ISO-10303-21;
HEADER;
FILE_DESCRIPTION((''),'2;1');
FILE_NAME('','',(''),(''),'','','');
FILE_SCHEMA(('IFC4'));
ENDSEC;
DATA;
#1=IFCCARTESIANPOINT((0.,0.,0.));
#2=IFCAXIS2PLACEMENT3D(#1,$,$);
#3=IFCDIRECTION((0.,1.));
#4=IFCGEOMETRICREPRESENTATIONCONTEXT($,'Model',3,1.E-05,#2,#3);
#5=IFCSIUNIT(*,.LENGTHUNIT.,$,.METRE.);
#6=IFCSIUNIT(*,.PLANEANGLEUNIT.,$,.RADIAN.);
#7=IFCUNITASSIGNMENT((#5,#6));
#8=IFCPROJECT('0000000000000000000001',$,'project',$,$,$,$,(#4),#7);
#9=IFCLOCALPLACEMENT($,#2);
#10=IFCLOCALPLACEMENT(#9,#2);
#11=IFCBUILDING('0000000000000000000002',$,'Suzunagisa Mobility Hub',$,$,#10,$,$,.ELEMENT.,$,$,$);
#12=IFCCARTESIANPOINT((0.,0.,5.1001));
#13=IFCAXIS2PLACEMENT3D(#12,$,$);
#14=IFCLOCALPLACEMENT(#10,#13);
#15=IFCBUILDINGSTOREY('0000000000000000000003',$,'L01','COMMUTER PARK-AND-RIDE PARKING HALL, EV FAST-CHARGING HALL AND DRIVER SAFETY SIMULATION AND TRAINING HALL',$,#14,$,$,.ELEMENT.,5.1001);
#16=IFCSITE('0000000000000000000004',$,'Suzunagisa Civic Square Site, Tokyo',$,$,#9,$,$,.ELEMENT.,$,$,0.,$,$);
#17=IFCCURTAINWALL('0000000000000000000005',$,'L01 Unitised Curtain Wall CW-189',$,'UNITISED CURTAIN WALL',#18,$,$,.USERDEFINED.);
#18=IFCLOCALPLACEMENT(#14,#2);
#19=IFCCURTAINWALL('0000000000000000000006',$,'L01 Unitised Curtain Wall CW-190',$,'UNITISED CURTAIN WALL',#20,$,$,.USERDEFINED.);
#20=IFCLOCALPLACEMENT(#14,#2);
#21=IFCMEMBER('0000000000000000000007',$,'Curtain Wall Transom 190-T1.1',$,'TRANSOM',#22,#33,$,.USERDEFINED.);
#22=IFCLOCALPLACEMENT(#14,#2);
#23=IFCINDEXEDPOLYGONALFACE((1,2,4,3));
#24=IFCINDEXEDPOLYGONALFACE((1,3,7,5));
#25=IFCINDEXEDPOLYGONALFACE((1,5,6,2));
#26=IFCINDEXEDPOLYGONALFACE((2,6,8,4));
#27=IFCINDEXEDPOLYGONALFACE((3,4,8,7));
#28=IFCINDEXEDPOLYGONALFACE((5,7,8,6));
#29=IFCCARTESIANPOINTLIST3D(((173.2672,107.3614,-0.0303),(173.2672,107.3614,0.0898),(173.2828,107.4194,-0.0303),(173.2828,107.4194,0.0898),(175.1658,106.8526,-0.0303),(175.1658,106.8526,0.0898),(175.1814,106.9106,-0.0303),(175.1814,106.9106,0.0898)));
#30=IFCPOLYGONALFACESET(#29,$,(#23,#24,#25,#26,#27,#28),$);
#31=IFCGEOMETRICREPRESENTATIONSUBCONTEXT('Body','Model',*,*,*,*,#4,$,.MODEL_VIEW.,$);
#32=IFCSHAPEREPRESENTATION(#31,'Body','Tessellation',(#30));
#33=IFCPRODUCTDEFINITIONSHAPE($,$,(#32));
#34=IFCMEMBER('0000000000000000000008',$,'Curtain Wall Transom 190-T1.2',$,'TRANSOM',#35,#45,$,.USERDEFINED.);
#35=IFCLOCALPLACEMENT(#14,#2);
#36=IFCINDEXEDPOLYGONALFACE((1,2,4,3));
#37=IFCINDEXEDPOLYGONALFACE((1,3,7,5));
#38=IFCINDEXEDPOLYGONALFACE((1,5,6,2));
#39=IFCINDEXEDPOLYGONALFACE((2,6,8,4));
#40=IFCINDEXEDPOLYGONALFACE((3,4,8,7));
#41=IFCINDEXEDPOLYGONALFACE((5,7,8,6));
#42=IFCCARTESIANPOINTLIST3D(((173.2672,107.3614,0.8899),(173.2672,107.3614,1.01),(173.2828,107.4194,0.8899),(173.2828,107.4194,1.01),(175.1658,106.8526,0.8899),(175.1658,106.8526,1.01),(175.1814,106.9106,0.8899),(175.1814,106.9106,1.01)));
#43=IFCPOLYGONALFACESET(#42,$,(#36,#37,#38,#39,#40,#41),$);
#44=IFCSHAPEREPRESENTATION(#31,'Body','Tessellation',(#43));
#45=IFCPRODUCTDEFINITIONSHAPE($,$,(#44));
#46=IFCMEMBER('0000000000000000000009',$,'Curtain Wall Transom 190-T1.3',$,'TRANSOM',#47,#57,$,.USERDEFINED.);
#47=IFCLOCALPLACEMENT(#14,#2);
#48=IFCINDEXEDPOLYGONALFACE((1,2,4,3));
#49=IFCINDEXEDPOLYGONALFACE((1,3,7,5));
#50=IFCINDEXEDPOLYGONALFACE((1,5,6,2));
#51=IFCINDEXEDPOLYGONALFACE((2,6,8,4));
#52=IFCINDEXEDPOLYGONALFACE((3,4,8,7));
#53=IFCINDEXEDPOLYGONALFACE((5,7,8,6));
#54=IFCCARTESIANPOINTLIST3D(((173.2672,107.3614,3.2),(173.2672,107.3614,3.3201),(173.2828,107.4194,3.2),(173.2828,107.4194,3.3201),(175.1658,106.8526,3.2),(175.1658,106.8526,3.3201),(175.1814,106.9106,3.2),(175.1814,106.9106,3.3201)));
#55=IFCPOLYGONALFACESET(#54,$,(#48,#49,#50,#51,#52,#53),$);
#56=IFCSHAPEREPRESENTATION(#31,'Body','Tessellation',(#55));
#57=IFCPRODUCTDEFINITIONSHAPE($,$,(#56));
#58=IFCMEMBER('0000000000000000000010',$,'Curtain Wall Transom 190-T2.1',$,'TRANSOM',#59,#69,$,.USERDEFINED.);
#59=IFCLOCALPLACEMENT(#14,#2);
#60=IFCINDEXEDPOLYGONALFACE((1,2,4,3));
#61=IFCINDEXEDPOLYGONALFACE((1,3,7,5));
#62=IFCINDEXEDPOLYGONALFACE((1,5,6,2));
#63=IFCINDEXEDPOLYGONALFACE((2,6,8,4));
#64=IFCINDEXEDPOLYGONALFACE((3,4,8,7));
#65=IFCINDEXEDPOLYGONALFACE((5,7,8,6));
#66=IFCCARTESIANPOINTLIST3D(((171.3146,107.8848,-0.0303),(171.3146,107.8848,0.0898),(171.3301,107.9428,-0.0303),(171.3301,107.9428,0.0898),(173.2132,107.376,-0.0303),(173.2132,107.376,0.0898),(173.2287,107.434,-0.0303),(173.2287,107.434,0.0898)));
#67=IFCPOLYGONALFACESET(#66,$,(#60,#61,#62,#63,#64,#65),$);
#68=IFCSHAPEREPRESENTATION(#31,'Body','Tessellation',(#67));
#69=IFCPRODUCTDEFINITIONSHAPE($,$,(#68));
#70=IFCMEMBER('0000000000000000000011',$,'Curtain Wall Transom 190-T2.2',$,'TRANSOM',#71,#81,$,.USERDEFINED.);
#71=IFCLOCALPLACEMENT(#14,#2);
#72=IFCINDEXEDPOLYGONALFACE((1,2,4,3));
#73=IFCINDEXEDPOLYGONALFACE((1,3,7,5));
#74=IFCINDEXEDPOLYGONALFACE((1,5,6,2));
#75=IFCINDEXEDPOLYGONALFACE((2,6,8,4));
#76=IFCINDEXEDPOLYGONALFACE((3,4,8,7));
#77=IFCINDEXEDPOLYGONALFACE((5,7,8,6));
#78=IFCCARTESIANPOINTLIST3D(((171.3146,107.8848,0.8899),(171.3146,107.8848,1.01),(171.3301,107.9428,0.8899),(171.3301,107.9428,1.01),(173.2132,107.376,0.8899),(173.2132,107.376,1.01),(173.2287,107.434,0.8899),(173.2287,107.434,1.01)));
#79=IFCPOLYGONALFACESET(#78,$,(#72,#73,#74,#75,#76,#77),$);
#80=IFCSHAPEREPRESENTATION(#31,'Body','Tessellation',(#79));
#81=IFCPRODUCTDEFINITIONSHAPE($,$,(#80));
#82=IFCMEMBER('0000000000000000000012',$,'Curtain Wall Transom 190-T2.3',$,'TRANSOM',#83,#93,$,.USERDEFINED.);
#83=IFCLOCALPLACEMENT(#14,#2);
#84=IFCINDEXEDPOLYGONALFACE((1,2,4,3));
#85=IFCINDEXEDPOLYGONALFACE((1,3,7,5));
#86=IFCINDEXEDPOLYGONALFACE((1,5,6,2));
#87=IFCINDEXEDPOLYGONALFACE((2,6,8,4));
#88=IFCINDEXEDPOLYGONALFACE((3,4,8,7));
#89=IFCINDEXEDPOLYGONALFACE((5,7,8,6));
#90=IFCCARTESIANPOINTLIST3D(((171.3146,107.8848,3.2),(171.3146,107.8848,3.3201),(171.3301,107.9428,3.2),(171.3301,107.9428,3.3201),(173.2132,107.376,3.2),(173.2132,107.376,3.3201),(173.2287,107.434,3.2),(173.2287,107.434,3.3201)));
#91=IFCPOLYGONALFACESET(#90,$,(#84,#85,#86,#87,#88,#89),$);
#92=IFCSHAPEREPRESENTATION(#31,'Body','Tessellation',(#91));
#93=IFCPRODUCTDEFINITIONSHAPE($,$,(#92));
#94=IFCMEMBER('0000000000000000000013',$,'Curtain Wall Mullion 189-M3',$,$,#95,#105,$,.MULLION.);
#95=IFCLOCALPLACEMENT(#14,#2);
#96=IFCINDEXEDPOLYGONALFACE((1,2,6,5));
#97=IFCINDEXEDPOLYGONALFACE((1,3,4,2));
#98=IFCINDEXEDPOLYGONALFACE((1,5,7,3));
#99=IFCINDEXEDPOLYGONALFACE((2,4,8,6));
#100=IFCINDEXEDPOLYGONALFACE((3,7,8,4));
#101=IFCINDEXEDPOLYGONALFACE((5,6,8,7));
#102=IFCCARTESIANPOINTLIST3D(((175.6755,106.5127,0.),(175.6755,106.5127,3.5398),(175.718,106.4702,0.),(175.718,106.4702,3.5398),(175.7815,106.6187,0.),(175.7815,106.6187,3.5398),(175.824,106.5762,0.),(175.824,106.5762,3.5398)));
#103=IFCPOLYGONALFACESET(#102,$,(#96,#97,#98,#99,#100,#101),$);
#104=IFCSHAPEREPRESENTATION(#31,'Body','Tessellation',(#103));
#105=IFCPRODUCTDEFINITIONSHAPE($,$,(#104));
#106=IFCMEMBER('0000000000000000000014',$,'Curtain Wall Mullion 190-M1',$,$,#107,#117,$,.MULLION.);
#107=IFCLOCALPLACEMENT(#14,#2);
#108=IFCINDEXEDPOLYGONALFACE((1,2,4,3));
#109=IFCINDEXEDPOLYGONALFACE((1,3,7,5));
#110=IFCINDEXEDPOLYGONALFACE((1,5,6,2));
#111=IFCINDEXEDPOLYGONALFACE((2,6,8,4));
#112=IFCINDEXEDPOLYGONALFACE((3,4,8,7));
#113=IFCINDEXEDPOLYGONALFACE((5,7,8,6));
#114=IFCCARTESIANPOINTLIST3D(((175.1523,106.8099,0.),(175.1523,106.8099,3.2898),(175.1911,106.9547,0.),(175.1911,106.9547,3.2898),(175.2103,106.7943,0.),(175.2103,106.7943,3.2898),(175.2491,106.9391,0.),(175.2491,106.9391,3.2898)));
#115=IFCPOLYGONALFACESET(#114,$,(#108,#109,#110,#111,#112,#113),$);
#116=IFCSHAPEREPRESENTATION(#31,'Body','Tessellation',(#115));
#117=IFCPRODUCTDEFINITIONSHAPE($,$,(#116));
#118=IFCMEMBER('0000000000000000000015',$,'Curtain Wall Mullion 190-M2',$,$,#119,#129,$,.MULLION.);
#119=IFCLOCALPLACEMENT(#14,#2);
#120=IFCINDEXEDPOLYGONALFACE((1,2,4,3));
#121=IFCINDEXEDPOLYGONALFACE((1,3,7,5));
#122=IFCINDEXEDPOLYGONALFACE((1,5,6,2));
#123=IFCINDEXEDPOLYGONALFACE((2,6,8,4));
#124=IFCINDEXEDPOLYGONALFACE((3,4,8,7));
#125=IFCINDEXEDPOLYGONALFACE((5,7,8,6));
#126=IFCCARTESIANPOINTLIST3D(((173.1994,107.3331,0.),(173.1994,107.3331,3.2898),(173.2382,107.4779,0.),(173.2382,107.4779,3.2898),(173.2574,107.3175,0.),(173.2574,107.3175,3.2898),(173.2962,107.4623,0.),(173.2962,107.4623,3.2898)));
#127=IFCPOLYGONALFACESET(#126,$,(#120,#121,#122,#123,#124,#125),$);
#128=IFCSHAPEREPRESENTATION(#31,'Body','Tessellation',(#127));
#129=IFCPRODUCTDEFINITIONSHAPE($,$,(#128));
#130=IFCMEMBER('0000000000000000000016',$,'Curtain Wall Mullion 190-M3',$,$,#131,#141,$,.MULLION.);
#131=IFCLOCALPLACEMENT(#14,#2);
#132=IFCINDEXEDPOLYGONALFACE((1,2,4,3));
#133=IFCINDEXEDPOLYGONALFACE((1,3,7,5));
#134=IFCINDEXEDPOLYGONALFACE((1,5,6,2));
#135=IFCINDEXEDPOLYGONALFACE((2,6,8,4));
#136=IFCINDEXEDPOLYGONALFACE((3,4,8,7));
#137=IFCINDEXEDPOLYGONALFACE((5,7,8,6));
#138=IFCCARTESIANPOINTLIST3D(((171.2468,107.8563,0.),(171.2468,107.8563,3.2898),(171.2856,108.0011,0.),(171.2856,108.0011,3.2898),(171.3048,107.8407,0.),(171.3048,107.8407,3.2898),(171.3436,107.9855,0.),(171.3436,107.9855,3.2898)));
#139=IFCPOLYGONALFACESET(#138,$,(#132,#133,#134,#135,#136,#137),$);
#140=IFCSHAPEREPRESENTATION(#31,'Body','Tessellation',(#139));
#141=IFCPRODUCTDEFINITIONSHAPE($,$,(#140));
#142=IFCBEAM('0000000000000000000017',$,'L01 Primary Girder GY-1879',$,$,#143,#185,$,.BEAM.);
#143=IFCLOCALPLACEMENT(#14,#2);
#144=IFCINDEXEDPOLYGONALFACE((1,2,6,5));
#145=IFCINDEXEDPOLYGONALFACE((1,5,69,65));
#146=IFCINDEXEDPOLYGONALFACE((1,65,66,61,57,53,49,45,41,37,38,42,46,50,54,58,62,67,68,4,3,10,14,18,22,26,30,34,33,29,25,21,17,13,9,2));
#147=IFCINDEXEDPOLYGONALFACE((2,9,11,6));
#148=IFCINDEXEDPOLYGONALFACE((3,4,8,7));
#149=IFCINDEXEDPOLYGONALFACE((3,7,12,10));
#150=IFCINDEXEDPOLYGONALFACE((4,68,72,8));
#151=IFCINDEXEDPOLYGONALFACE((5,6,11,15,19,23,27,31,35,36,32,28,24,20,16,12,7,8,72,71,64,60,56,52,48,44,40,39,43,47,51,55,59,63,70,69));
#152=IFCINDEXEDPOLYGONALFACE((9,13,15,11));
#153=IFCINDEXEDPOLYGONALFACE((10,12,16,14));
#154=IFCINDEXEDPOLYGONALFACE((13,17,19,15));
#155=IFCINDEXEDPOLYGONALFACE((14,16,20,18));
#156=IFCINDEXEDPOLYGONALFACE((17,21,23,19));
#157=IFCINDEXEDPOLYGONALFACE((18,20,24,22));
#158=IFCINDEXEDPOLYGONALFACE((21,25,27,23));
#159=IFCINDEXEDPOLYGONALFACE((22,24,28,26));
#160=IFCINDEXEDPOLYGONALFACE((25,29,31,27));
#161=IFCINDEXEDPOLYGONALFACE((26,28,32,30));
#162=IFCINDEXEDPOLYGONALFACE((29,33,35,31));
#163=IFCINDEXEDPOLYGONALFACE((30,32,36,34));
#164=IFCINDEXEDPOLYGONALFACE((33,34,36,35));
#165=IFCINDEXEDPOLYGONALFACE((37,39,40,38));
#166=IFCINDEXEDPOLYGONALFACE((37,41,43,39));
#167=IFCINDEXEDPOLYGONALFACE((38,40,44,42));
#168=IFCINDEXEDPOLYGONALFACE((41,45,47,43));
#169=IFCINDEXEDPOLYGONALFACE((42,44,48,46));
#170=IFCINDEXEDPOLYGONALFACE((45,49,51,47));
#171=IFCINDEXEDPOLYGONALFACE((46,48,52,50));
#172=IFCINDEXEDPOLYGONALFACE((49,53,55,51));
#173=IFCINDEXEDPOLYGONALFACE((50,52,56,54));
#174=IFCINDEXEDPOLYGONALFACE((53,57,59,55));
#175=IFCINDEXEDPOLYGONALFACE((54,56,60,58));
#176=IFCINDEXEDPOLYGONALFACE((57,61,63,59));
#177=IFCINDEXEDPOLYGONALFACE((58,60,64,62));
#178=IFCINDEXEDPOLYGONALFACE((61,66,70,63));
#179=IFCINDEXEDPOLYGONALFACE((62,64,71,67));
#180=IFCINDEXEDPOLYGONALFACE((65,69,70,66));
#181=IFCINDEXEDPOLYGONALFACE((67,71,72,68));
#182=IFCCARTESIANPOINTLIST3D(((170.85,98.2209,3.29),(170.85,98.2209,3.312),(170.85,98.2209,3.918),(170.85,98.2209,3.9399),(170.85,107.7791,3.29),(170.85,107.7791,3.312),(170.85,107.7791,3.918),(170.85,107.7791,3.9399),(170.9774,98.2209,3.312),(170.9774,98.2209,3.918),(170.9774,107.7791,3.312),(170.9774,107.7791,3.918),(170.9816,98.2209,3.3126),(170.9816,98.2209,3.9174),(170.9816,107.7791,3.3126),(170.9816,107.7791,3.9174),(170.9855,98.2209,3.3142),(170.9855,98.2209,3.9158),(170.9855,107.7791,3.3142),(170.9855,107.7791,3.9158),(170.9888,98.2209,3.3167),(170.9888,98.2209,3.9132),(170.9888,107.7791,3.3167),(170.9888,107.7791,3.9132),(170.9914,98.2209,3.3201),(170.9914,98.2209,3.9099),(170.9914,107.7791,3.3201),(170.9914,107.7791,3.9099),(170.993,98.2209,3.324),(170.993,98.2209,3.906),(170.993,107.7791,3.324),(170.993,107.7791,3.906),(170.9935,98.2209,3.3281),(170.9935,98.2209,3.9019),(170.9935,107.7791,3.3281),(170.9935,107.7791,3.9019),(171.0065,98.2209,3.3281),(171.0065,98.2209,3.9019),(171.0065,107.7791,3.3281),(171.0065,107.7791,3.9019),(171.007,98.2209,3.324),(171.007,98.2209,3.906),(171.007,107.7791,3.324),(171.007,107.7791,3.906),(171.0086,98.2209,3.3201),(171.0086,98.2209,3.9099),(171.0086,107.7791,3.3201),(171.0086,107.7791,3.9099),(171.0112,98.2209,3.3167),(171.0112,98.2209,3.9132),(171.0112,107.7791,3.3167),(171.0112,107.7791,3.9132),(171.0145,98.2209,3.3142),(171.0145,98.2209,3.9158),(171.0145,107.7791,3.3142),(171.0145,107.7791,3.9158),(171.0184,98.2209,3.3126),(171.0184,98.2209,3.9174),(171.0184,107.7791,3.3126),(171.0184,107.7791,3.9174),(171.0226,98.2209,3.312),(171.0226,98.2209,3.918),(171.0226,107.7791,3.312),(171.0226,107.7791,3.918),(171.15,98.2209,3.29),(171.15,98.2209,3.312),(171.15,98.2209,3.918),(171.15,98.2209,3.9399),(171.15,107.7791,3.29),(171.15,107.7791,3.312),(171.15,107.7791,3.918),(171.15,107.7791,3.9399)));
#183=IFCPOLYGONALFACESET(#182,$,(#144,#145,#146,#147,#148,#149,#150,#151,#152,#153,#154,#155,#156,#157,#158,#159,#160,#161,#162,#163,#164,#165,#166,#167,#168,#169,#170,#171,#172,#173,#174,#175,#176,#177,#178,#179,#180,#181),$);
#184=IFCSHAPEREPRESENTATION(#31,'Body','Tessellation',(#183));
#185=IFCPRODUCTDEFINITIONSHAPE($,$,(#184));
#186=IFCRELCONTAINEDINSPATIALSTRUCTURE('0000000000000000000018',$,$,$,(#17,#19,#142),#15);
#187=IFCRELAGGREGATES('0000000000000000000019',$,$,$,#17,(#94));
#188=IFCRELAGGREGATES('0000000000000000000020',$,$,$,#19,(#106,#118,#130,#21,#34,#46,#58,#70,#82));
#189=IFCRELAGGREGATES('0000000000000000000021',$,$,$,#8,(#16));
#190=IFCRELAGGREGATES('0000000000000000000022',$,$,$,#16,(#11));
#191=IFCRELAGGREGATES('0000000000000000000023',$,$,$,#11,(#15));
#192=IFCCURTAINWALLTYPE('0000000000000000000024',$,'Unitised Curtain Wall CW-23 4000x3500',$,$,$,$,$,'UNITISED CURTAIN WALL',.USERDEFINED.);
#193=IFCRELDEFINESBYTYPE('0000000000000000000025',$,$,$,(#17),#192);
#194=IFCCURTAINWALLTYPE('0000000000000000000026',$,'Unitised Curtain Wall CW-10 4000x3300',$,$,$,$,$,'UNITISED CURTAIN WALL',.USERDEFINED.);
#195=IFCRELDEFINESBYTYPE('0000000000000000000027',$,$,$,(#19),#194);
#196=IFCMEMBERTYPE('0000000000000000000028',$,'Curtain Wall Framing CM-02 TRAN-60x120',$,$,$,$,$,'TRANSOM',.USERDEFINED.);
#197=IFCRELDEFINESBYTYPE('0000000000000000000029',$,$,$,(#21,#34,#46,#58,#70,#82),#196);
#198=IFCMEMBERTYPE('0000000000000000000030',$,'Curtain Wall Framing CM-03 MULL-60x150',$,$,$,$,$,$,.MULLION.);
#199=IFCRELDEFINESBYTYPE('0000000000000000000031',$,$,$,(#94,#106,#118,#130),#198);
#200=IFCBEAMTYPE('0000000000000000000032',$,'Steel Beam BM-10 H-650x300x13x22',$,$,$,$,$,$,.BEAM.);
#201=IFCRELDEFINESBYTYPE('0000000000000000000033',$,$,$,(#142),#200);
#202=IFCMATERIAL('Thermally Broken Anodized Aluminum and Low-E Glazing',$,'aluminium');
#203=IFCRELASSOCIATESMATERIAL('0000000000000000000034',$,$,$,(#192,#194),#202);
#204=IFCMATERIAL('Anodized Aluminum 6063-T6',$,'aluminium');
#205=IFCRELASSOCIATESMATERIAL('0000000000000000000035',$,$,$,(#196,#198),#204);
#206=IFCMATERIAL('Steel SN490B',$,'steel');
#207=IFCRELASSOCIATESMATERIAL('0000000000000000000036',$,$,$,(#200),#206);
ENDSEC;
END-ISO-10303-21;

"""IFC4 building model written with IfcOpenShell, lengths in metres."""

from ifc_helpers import new_model, si_unit, direction, frame, origin, origin_2d, place, context, subcontext, project, spatial, rectangle, i_section, extrude, material, material_profile, profile_set, type_object, element, aggregate, save


model = new_model("IFC4")

# Units and contexts
model_context = context("Model", 3, precision=1e-05, world=origin(), true_north=direction((0.0, 1.0)))
body_context = subcontext(model_context, "Body", "Model", "MODEL_VIEW")
ifc_project = project(units=[si_unit("LENGTHUNIT", "METRE"), si_unit("PLANEANGLEUNIT", "RADIAN")], contexts=[model_context])

# Site, building, storey
site_placement = place(None, origin())
site = spatial("IfcSite", under=ifc_project, at=site_placement, Name="Suzunagisa Civic Square Site, Tokyo", CompositionType="ELEMENT", RefElevation=0.0)
building_placement = place(site_placement, origin())
building = spatial("IfcBuilding", under=site, at=building_placement, Name="Suzunagisa Mobility Hub", CompositionType="ELEMENT")
storey_placement = place(building_placement, frame((0.0, 0.0, 5.1001)))
storey = spatial("IfcBuildingStorey", under=building, at=storey_placement, Name="L01", Description="COMMUTER PARK-AND-RIDE PARKING HALL, EV FAST-CHARGING HALL AND DRIVER SAFETY SIMULATION AND TRAINING HALL", CompositionType="ELEMENT", Elevation=5.1001)

# Shared definitions
ifc_material_1 = material(Name="Steel SN490B", Category="steel")

# Curtain walls, members
ifc_material_2 = material(Name="Thermally Broken Anodized Aluminum and Low-E Glazing", Category="aluminium")
curtain_wall_type_1 = type_object("IfcCurtainWallType", Name="Unitised Curtain Wall CW-23 4000x3500", ElementType="UNITISED CURTAIN WALL", PredefinedType="USERDEFINED", material=ifc_material_2)
curtain_wall_1_placement = place(storey_placement, origin())
curtain_wall_1 = element("IfcCurtainWall", 1, at=curtain_wall_1_placement, inside=storey, type_object=curtain_wall_type_1, Name="L01 Unitised Curtain Wall CW-189", ObjectType="UNITISED CURTAIN WALL", PredefinedType="USERDEFINED")
ifc_material_3 = material(Name="Anodized Aluminum 6063-T6", Category="aluminium")
ifc_material_profile_1 = material_profile(ifc_material_3, rectangle(XDim=0.0601, YDim=0.1201, at=origin_2d()), Name="TRAN-60x120")
ifc_profile_set_1 = profile_set([ifc_material_profile_1], Name="Anodized Aluminum 6063-T6")
member_type_1 = type_object("IfcMemberType", Name="Curtain Wall Framing CM-02 TRAN-60x120", ElementType="TRANSOM", PredefinedType="USERDEFINED", material=ifc_profile_set_1)
curtain_wall_type_2 = type_object("IfcCurtainWallType", Name="Unitised Curtain Wall CW-10 4000x3300", ElementType="UNITISED CURTAIN WALL", PredefinedType="USERDEFINED", material=ifc_material_2)
curtain_wall_2_placement = place(storey_placement, origin())
curtain_wall_2 = element("IfcCurtainWall", 2, at=curtain_wall_2_placement, inside=storey, type_object=curtain_wall_type_2, Name="L01 Unitised Curtain Wall CW-190", ObjectType="UNITISED CURTAIN WALL", PredefinedType="USERDEFINED")
member_1_placement = place(storey_placement, frame((175.1736, 106.8816, 0.0298), z_axis=(-0.965921, 0.258837, 0.0), x_axis=(-0.258837, -0.965921, 0.0)))
member_1 = element("IfcMember", 3, at=member_1_placement, type_object=member_type_1, Name="Curtain Wall Transom 190-T1.1", ObjectType="TRANSOM", PredefinedType="USERDEFINED", context=body_context, shape_type="SweptSolid", body=[
    extrude(rectangle(XDim=0.0601, YDim=0.1201, at=origin_2d()), origin(), (0.0, 0.0, 1.0), 1.9656),
])
member_2_placement = place(storey_placement, frame((175.1736, 106.8816, 0.95), z_axis=(-0.965921, 0.258837, 0.0), x_axis=(-0.258837, -0.965921, 0.0)))
member_2 = element("IfcMember", 4, at=member_2_placement, type_object=member_type_1, Name="Curtain Wall Transom 190-T1.2", ObjectType="TRANSOM", PredefinedType="USERDEFINED", context=body_context, shape_type="SweptSolid", body=[
    extrude(rectangle(XDim=0.0601, YDim=0.1201, at=origin_2d()), origin(), (0.0, 0.0, 1.0), 1.9656),
])
member_3_placement = place(storey_placement, frame((175.1736, 106.8816, 3.26), z_axis=(-0.965921, 0.258837, 0.0), x_axis=(-0.258837, -0.965921, 0.0)))
member_3 = element("IfcMember", 5, at=member_3_placement, type_object=member_type_1, Name="Curtain Wall Transom 190-T1.3", ObjectType="TRANSOM", PredefinedType="USERDEFINED", context=body_context, shape_type="SweptSolid", body=[
    extrude(rectangle(XDim=0.0601, YDim=0.1201, at=origin_2d()), origin(), (0.0, 0.0, 1.0), 1.9656),
])
member_4_placement = place(storey_placement, frame((173.2209, 107.405, 0.0298), z_axis=(-0.965921, 0.258837, 0.0), x_axis=(-0.258837, -0.965921, 0.0)))
member_4 = element("IfcMember", 6, at=member_4_placement, type_object=member_type_1, Name="Curtain Wall Transom 190-T2.1", ObjectType="TRANSOM", PredefinedType="USERDEFINED", context=body_context, shape_type="SweptSolid", body=[
    extrude(rectangle(XDim=0.0601, YDim=0.1201, at=origin_2d()), origin(), (0.0, 0.0, 1.0), 1.9656),
])
member_5_placement = place(storey_placement, frame((173.2209, 107.405, 0.95), z_axis=(-0.965921, 0.258837, 0.0), x_axis=(-0.258837, -0.965921, 0.0)))
member_5 = element("IfcMember", 7, at=member_5_placement, type_object=member_type_1, Name="Curtain Wall Transom 190-T2.2", ObjectType="TRANSOM", PredefinedType="USERDEFINED", context=body_context, shape_type="SweptSolid", body=[
    extrude(rectangle(XDim=0.0601, YDim=0.1201, at=origin_2d()), origin(), (0.0, 0.0, 1.0), 1.9656),
])
member_6_placement = place(storey_placement, frame((173.2209, 107.405, 3.26), z_axis=(-0.965921, 0.258837, 0.0), x_axis=(-0.258837, -0.965921, 0.0)))
member_6 = element("IfcMember", 8, at=member_6_placement, type_object=member_type_1, Name="Curtain Wall Transom 190-T2.3", ObjectType="TRANSOM", PredefinedType="USERDEFINED", context=body_context, shape_type="SweptSolid", body=[
    extrude(rectangle(XDim=0.0601, YDim=0.1201, at=origin_2d()), origin(), (0.0, 0.0, 1.0), 1.9656),
])

# Members
ifc_material_profile_2 = material_profile(ifc_material_3, rectangle(XDim=0.0601, YDim=0.1499, at=origin_2d()), Name="MULL-60x150")
ifc_profile_set_2 = profile_set([ifc_material_profile_2], Name="Anodized Aluminum 6063-T6")
member_type_2 = type_object("IfcMemberType", Name="Curtain Wall Framing CM-03 MULL-60x150", PredefinedType="MULLION", material=ifc_profile_set_2)
member_7_placement = place(storey_placement, frame((175.7498, 106.5444, 0.0), z_axis=(0.0, 0.0, 1.0), x_axis=(-0.707107, 0.707107, 0.0)))
member_7 = element("IfcMember", 9, at=member_7_placement, type_object=member_type_2, Name="Curtain Wall Mullion 189-M3", PredefinedType="MULLION", context=body_context, shape_type="SweptSolid", body=[
    extrude(rectangle(XDim=0.0601, YDim=0.1499, at=origin_2d()), origin(), (0.0, 0.0, 1.0), 3.5398),
])
member_8_placement = place(storey_placement, frame((175.2007, 106.8745, 0.0), z_axis=(0.0, 0.0, 1.0), x_axis=(-0.965925, 0.258821, 0.0)))
member_8 = element("IfcMember", 10, at=member_8_placement, type_object=member_type_2, Name="Curtain Wall Mullion 190-M1", PredefinedType="MULLION", context=body_context, shape_type="SweptSolid", body=[
    extrude(rectangle(XDim=0.0601, YDim=0.1499, at=origin_2d()), origin(), (0.0, 0.0, 1.0), 3.2898),
])
member_9_placement = place(storey_placement, frame((173.2478, 107.3977, 0.0), z_axis=(0.0, 0.0, 1.0), x_axis=(-0.965925, 0.258821, 0.0)))
member_9 = element("IfcMember", 11, at=member_9_placement, type_object=member_type_2, Name="Curtain Wall Mullion 190-M2", PredefinedType="MULLION", context=body_context, shape_type="SweptSolid", body=[
    extrude(rectangle(XDim=0.0601, YDim=0.1499, at=origin_2d()), origin(), (0.0, 0.0, 1.0), 3.2898),
])
member_10_placement = place(storey_placement, frame((171.2952, 107.9209, 0.0), z_axis=(0.0, 0.0, 1.0), x_axis=(-0.965925, 0.258821, 0.0)))
member_10 = element("IfcMember", 12, at=member_10_placement, type_object=member_type_2, Name="Curtain Wall Mullion 190-M3", PredefinedType="MULLION", context=body_context, shape_type="SweptSolid", body=[
    extrude(rectangle(XDim=0.0601, YDim=0.1499, at=origin_2d()), origin(), (0.0, 0.0, 1.0), 3.2898),
])

# Beam
ifc_material_profile_3 = material_profile(ifc_material_1, i_section(OverallWidth=0.3, OverallDepth=0.6499, WebThickness=0.0129, FlangeThickness=0.022, FilletRadius=0.0161, at=origin_2d()), Name="H-650x300x13x22")
ifc_profile_set_3 = profile_set([ifc_material_profile_3], Name="Steel SN490B")
beam_type_1 = type_object("IfcBeamType", Name="Steel Beam BM-10 H-650x300x13x22", PredefinedType="BEAM", material=ifc_profile_set_3)
beam_1_placement = place(storey_placement, frame((171.0, 98.2209, 3.615), z_axis=(0.0, 1.0, 0.0), x_axis=(-1.0, 0.0, 0.0)))
element("IfcBeam", 13, at=beam_1_placement, inside=storey, type_object=beam_type_1, Name="L01 Primary Girder GY-1879", PredefinedType="BEAM", context=body_context, shape_type="SweptSolid", body=[
    extrude(i_section(OverallWidth=0.3, OverallDepth=0.6499, WebThickness=0.0129, FlangeThickness=0.022, FilletRadius=0.0161, at=origin_2d()), origin(), (0.0, 0.0, 1.0), 9.5581),
])

aggregate(curtain_wall_1, [member_7])
aggregate(curtain_wall_2, [member_8, member_9, member_10, member_1, member_2, member_3, member_4, member_5, member_6])

save(model, "model.ifc")
